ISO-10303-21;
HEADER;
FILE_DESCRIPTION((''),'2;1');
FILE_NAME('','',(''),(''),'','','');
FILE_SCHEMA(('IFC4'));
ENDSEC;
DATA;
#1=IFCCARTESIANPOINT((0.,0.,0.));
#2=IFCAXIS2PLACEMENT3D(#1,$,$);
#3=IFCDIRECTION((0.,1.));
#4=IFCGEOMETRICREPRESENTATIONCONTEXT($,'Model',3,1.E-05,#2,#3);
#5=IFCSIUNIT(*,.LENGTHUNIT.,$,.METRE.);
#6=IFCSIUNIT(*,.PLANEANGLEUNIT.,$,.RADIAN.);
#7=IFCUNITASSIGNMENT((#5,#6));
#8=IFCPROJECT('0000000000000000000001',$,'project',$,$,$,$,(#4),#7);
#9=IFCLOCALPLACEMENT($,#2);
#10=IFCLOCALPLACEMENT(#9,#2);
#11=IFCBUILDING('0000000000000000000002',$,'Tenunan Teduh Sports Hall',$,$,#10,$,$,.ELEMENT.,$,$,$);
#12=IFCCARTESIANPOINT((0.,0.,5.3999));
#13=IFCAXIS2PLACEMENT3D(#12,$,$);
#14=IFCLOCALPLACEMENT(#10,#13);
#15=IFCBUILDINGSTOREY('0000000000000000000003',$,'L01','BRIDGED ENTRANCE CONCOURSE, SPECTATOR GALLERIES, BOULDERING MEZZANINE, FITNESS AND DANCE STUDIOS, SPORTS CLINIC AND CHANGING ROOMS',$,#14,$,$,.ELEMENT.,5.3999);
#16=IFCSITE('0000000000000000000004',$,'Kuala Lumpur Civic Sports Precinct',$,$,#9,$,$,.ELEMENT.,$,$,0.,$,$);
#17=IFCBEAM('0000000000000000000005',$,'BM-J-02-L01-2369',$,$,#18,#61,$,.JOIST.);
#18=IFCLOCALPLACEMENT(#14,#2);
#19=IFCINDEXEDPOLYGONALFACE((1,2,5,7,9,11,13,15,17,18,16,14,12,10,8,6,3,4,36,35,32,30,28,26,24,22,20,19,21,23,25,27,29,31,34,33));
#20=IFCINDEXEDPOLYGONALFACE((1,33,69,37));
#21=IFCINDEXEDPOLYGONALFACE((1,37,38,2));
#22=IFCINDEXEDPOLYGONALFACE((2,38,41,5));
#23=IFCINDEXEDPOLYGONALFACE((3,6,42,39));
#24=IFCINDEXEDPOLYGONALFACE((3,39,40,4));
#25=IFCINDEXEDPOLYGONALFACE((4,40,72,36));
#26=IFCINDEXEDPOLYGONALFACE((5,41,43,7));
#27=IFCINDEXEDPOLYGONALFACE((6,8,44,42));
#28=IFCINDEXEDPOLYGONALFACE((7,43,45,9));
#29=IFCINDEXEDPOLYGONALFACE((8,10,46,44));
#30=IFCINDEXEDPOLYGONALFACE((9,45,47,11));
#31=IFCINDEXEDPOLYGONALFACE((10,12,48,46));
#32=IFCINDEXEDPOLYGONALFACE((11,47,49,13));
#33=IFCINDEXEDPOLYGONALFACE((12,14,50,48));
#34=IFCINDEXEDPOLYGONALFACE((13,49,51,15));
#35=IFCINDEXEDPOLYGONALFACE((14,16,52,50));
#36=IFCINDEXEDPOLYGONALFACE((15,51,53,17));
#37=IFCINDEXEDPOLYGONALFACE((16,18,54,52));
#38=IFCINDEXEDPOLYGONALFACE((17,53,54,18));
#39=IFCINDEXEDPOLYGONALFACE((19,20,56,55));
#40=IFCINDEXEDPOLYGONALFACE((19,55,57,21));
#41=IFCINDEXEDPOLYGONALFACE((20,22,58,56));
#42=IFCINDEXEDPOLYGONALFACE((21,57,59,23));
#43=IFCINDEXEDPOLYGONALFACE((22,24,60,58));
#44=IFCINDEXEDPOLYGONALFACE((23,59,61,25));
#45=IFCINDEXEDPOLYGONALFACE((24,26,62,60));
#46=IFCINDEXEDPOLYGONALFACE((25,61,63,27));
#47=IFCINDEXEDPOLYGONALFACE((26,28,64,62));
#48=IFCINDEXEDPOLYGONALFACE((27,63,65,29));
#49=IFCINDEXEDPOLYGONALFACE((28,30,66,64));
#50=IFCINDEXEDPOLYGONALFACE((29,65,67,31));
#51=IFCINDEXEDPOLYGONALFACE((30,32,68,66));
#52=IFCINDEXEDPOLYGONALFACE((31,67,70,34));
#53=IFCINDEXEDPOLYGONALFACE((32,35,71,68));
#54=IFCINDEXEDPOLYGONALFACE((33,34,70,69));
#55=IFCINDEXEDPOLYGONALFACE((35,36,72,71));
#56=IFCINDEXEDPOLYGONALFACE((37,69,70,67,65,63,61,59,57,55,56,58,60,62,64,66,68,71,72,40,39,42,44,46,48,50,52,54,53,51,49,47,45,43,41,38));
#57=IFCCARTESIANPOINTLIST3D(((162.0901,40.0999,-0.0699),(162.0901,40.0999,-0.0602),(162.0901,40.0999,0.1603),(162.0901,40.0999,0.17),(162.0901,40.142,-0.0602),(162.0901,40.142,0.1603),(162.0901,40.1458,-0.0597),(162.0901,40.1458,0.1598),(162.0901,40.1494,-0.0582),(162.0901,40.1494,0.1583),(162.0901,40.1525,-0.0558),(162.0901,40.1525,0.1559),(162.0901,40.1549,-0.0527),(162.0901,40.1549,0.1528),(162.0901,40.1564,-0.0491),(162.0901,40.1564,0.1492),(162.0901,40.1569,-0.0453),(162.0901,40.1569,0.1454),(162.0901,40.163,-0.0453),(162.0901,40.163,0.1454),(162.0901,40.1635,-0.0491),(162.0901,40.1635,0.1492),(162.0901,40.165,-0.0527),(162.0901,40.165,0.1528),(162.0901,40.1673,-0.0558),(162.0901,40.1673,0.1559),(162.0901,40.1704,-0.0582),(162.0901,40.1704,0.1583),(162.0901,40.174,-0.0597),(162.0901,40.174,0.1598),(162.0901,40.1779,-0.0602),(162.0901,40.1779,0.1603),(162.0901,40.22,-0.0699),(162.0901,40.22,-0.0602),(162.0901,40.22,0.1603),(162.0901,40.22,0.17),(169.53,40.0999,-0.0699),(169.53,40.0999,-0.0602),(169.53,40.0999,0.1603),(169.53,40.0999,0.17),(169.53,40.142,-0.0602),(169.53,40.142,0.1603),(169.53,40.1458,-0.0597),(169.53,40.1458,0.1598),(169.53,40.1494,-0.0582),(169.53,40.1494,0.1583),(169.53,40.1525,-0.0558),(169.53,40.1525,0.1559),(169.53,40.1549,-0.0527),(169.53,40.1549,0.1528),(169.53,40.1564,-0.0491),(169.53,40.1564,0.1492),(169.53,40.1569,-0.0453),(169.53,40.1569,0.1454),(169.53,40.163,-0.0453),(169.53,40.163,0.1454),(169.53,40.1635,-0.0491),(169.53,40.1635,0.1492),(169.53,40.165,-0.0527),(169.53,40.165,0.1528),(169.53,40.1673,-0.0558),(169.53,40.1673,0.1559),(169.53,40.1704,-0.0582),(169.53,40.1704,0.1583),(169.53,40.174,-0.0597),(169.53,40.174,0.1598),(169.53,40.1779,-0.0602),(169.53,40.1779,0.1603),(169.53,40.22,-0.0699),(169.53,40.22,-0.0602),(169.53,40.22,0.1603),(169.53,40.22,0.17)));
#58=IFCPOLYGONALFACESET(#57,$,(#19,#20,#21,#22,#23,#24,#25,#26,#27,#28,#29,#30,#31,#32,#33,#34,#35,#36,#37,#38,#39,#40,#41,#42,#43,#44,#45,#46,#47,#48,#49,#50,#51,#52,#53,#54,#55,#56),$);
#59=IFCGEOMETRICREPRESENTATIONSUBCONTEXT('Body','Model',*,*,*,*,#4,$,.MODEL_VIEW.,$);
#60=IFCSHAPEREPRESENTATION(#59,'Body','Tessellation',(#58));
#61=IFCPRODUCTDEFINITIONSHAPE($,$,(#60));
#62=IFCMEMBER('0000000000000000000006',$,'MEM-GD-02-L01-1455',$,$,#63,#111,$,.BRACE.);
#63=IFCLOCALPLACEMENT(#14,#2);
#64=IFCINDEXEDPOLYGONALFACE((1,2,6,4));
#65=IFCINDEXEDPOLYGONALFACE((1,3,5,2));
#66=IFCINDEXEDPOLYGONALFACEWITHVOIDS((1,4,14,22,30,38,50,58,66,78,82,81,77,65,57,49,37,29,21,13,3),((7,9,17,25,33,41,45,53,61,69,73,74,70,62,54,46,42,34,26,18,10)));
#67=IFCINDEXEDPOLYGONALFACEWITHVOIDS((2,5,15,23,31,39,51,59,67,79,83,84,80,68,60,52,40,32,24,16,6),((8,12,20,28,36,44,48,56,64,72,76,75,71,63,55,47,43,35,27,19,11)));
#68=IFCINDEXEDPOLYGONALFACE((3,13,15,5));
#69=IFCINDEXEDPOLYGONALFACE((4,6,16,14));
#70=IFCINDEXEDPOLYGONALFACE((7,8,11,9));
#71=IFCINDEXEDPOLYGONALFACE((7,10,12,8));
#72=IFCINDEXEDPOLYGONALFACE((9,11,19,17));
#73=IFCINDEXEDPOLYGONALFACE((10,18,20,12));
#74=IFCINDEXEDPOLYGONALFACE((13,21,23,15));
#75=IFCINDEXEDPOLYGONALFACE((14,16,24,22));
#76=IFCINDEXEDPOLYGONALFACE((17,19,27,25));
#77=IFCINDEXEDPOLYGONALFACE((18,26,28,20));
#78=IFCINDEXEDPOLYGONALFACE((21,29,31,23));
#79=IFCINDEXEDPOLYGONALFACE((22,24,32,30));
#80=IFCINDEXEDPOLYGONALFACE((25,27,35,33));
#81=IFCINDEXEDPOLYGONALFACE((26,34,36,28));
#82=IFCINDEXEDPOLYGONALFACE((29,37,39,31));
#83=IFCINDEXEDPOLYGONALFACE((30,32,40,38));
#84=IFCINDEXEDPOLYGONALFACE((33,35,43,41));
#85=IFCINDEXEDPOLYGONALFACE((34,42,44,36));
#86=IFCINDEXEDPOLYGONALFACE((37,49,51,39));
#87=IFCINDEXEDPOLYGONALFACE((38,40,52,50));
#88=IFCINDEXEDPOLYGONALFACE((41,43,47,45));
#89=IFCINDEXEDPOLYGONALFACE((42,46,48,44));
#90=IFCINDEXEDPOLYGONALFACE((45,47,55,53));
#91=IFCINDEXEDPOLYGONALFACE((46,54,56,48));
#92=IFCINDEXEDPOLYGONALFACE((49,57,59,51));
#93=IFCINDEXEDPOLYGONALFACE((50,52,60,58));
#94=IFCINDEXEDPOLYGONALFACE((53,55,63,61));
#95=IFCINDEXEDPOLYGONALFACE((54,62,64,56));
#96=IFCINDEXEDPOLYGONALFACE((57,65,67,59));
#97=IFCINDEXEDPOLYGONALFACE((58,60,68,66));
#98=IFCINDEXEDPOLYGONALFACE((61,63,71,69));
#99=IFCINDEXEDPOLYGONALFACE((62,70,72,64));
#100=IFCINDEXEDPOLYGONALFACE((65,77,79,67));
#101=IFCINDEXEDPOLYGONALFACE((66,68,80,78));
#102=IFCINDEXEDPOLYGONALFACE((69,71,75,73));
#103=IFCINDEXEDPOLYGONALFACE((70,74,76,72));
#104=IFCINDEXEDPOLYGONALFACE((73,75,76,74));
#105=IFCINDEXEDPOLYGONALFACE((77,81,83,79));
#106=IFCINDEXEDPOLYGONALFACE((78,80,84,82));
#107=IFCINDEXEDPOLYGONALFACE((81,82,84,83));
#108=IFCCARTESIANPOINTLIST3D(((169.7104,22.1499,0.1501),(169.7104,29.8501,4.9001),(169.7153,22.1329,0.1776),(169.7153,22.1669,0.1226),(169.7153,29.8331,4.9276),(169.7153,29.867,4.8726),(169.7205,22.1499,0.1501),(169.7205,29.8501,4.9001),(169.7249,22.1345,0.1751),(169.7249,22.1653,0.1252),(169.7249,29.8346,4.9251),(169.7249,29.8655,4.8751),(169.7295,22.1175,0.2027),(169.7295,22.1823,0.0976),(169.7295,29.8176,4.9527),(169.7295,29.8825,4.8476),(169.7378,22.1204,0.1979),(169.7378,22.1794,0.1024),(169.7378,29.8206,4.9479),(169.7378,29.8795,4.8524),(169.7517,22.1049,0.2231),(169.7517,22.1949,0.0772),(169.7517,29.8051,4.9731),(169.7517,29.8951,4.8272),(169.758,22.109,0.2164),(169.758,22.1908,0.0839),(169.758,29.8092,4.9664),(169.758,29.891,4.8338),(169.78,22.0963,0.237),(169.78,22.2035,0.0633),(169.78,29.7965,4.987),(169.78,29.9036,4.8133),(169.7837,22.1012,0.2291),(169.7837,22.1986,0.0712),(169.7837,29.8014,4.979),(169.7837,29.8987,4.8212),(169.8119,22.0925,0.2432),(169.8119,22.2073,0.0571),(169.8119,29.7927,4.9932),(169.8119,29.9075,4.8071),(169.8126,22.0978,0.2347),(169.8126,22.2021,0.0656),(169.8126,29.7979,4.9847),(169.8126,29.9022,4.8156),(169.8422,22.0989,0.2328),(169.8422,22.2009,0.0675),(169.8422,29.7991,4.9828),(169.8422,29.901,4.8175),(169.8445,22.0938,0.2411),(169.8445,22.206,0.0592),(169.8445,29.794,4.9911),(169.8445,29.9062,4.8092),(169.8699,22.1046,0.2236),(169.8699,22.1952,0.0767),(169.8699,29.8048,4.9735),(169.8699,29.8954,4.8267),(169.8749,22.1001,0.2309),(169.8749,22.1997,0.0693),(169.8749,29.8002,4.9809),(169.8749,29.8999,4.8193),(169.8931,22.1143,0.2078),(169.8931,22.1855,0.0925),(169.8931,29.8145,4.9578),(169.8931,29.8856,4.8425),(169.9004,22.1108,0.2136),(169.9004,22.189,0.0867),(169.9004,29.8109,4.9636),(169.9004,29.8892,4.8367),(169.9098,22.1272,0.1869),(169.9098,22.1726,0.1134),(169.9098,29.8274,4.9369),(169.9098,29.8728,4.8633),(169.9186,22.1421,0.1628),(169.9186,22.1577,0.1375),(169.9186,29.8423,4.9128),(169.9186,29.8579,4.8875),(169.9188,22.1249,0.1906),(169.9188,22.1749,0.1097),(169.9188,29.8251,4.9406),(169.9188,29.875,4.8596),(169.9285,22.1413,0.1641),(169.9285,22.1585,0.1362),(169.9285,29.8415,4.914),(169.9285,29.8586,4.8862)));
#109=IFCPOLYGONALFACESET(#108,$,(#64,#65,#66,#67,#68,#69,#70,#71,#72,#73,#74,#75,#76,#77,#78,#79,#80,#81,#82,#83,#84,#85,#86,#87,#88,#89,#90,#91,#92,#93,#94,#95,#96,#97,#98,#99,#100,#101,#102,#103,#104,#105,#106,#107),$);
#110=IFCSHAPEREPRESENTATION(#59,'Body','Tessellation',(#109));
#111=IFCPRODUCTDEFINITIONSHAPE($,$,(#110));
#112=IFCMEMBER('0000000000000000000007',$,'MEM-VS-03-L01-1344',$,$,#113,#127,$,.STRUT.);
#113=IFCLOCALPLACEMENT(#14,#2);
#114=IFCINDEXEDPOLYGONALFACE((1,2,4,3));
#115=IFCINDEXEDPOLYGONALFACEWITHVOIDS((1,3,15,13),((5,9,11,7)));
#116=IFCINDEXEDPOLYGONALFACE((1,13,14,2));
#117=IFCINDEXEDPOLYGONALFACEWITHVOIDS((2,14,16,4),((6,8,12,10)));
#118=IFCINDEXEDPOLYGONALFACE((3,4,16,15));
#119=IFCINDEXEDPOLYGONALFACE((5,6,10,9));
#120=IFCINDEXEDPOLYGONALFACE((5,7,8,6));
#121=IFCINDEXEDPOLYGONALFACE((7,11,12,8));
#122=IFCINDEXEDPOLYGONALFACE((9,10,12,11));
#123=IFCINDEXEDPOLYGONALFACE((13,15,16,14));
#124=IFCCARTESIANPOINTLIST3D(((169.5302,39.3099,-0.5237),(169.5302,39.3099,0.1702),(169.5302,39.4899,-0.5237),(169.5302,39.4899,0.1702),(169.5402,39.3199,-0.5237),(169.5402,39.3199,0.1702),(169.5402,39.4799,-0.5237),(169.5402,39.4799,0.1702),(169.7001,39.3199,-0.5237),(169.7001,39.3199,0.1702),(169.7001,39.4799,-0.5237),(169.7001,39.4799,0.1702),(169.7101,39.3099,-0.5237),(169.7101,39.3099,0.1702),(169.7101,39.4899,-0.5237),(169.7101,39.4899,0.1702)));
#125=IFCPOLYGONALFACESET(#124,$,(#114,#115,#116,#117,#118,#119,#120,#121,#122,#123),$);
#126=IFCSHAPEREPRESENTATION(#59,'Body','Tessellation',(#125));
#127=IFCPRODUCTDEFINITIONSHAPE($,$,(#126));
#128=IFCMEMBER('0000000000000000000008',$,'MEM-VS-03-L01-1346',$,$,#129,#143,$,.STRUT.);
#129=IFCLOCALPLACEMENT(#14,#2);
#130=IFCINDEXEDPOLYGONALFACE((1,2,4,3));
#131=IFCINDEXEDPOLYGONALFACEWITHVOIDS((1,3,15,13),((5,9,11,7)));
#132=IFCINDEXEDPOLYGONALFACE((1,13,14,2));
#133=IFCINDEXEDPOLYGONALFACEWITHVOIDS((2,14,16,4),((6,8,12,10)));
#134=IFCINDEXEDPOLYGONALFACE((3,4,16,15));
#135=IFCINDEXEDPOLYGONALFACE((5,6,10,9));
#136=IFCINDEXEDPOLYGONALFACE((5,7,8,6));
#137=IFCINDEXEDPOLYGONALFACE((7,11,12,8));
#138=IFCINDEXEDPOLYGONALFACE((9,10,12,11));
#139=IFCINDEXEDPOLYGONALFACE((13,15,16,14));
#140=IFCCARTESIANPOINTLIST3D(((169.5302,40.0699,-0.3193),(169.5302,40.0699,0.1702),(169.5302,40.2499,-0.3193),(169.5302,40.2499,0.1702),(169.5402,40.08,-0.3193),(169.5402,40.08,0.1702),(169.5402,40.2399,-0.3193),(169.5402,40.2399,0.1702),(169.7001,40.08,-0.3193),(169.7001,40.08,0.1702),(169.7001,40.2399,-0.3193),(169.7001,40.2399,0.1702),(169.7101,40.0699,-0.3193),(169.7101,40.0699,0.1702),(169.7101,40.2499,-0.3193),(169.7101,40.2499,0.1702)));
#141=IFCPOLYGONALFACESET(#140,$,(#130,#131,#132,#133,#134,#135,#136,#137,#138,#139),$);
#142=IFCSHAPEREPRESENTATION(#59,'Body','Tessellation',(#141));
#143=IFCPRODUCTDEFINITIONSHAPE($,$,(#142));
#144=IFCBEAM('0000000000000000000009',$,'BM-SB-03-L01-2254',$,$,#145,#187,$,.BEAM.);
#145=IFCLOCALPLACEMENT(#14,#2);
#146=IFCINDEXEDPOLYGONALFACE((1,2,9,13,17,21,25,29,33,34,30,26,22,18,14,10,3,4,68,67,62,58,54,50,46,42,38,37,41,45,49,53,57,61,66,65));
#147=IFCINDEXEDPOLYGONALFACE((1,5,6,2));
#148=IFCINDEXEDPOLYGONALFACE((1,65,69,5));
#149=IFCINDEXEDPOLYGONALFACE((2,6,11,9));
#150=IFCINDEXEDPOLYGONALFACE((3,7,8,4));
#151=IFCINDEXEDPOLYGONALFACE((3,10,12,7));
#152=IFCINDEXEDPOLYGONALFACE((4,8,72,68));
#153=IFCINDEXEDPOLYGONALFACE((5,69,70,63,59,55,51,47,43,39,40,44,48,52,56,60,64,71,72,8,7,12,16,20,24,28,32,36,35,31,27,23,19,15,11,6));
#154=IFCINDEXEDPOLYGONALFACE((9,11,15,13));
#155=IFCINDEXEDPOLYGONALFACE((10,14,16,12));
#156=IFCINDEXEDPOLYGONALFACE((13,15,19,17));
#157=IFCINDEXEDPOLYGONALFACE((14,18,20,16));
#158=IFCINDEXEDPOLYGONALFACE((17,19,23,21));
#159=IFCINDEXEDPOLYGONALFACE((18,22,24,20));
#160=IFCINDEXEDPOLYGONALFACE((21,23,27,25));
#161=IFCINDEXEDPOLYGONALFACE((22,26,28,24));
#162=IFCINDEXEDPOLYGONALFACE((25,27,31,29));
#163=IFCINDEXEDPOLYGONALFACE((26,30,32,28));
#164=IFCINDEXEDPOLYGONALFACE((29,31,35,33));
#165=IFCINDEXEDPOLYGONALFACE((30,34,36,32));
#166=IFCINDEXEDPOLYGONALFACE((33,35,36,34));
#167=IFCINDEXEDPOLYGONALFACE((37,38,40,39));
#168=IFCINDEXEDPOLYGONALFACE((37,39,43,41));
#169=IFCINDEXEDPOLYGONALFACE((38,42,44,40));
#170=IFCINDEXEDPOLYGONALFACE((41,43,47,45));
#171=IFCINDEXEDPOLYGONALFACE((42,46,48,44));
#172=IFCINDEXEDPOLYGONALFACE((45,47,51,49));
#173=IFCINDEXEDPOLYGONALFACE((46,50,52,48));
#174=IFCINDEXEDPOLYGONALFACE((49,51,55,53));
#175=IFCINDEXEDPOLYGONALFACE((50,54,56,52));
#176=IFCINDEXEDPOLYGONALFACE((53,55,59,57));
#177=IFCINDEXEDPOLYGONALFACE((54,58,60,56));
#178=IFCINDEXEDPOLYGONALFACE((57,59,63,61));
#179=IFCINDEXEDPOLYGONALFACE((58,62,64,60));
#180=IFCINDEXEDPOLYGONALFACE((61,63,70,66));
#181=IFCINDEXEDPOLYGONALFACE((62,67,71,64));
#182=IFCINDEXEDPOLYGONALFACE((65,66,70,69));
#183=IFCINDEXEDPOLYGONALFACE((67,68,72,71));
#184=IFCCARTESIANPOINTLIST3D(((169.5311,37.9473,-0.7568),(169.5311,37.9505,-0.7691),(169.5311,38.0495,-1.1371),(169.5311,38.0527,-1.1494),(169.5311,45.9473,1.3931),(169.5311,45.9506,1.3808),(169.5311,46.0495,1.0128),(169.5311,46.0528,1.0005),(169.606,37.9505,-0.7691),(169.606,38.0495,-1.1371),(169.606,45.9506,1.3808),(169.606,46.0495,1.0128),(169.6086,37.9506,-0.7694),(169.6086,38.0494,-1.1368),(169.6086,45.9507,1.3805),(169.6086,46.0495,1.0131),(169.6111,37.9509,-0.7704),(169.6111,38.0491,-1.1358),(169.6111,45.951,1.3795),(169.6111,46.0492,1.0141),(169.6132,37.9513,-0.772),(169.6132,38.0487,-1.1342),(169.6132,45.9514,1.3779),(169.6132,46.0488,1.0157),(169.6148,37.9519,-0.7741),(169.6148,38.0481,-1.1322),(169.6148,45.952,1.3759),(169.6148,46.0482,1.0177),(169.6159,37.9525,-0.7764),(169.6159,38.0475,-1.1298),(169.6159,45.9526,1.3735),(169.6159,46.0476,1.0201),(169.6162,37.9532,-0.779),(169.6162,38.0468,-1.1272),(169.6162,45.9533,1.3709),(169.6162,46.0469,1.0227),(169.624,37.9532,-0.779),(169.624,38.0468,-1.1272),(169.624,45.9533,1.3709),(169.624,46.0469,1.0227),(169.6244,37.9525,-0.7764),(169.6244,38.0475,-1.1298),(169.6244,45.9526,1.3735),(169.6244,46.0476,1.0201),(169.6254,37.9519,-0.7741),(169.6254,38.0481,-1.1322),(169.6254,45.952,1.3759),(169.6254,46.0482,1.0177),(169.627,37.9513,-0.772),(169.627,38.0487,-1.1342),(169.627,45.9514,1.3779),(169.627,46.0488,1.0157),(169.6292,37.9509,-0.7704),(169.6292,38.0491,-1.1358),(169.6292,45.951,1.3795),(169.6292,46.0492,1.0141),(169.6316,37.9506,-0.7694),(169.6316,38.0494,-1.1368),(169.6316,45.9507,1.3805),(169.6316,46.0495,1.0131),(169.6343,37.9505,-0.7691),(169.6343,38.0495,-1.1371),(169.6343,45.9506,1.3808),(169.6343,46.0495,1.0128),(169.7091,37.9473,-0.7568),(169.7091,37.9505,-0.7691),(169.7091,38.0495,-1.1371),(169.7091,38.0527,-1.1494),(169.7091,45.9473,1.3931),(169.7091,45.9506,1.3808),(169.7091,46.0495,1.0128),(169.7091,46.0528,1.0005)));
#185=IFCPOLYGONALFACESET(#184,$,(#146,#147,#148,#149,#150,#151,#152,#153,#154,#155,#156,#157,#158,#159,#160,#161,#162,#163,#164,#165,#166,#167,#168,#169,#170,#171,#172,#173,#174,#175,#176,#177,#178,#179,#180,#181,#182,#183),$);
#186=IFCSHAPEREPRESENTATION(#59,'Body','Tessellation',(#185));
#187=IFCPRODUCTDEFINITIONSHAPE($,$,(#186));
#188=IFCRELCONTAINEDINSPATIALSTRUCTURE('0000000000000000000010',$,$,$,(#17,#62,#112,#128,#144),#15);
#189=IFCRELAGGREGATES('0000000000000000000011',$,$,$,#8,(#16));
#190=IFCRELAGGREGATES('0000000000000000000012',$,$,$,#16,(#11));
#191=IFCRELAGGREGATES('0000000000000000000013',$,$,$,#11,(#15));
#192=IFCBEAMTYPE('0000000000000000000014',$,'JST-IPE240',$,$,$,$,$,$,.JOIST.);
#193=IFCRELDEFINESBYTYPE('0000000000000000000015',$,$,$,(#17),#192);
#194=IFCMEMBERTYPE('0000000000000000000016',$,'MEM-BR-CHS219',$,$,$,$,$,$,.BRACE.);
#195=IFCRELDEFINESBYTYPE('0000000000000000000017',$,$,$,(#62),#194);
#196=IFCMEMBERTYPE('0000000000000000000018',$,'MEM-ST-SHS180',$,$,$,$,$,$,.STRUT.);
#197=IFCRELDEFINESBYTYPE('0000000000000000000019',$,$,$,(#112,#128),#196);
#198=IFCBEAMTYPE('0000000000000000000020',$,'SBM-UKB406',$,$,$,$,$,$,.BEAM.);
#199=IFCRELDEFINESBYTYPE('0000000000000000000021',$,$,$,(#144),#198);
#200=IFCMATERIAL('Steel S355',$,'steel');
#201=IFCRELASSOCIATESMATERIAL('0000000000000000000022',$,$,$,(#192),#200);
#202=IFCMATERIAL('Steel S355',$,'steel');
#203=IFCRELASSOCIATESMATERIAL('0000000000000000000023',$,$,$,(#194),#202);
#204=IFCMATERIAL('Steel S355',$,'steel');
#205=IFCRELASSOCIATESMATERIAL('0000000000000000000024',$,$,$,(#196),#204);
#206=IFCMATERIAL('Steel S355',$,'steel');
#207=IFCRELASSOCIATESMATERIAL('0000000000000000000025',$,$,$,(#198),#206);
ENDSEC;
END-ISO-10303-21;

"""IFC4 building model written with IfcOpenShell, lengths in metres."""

from ifc_helpers import new_model, si_unit, direction, frame, origin, origin_2d, place, context, subcontext, project, spatial, hollow_rectangle, hollow_circle, i_section, extrude, material, material_profile, profile_set, type_object, element, save


model = new_model("IFC4")

# Units and contexts
model_context = context("Model", 3, precision=1e-05, world=origin(), true_north=direction((0.0, 1.0)))
body_context = subcontext(model_context, "Body", "Model", "MODEL_VIEW")
ifc_project = project(units=[si_unit("LENGTHUNIT", "METRE"), si_unit("PLANEANGLEUNIT", "RADIAN")], contexts=[model_context])

# Site, building, storey
site_placement = place(None, origin())
site = spatial("IfcSite", under=ifc_project, at=site_placement, Name="Kuala Lumpur Civic Sports Precinct", CompositionType="ELEMENT", RefElevation=0.0)
building_placement = place(site_placement, origin())
building = spatial("IfcBuilding", under=site, at=building_placement, Name="Tenunan Teduh Sports Hall", CompositionType="ELEMENT")
storey_placement = place(building_placement, frame((0.0, 0.0, 5.3999)))
storey = spatial("IfcBuildingStorey", under=building, at=storey_placement, Name="L01", Description="BRIDGED ENTRANCE CONCOURSE, SPECTATOR GALLERIES, BOULDERING MEZZANINE, FITNESS AND DANCE STUDIOS, SPORTS CLINIC AND CHANGING ROOMS", CompositionType="ELEMENT", Elevation=5.3999)

# Beam
ifc_material_1 = material(Name="Steel S355", Category="steel")
ifc_material_profile_1 = material_profile(ifc_material_1, i_section(OverallWidth=0.1201, OverallDepth=0.24, WebThickness=0.0061, FlangeThickness=0.0098, FilletRadius=0.0149, at=origin_2d()), Name="IPE 240")
ifc_profile_set_1 = profile_set([ifc_material_profile_1], Name="Steel S355")
beam_type_1 = type_object("IfcBeamType", Name="JST-IPE240", PredefinedType="JOIST", material=ifc_profile_set_1)
beam_1_placement = place(storey_placement, frame((162.0901, 40.1599, 0.05), z_axis=(1.0, 0.0, 0.0), x_axis=(0.0, 1.0, 0.0)))
element("IfcBeam", 1, at=beam_1_placement, inside=storey, type_object=beam_type_1, Name="BM-J-02-L01-2369", PredefinedType="JOIST", context=body_context, shape_type="SweptSolid", body=[
    extrude(i_section(OverallWidth=0.1201, OverallDepth=0.24, WebThickness=0.0061, FlangeThickness=0.0098, FilletRadius=0.0149, at=origin_2d()), origin(), (0.0, 0.0, 1.0), 7.4399),
])

# Members
ifc_material_2 = material(Name="Steel S355", Category="steel")
ifc_material_profile_2 = material_profile(ifc_material_2, hollow_circle(Radius=0.1096, WallThickness=0.01, at=origin_2d()), Name="CHS 219.1x10.0")
ifc_profile_set_2 = profile_set([ifc_material_profile_2], Name="Steel S355")
member_type_1 = type_object("IfcMemberType", Name="MEM-BR-CHS219", PredefinedType="BRACE", material=ifc_profile_set_2)
member_1_placement = place(storey_placement, frame((169.8201, 22.1499, 0.1501), z_axis=(0.0, 0.851095, 0.525013), x_axis=(-1.0, 0.0, 0.0)))
element("IfcMember", 2, at=member_1_placement, inside=storey, type_object=member_type_1, Name="MEM-GD-02-L01-1455", PredefinedType="BRACE", context=body_context, shape_type="SweptSolid", body=[
    extrude(hollow_circle(Radius=0.1096, WallThickness=0.01, at=origin_2d()), origin(), (0.0, 0.0, 1.0), 9.0474),
])
ifc_material_3 = material(Name="Steel S355", Category="steel")
ifc_material_profile_3 = material_profile(ifc_material_3, hollow_rectangle(XDim=0.1799, YDim=0.1799, WallThickness=0.01, at=origin_2d()), Name="SHS 180x180x10.0")
ifc_profile_set_3 = profile_set([ifc_material_profile_3], Name="Steel S355")
member_type_2 = type_object("IfcMemberType", Name="MEM-ST-SHS180", PredefinedType="STRUT", material=ifc_profile_set_3)
member_2_placement = place(storey_placement, frame((169.6201, 39.3999, -0.5237), z_axis=(0.0, 0.0, 1.0), x_axis=(1.0, 0.0, 0.0)))
element("IfcMember", 3, at=member_2_placement, inside=storey, type_object=member_type_2, Name="MEM-VS-03-L01-1344", PredefinedType="STRUT", context=body_context, shape_type="SweptSolid", body=[
    extrude(hollow_rectangle(XDim=0.1799, YDim=0.1799, WallThickness=0.01, at=origin_2d()), origin(), (0.0, 0.0, 1.0), 0.6938),
])
member_3_placement = place(storey_placement, frame((169.6201, 40.1599, -0.3193), z_axis=(0.0, 0.0, 1.0), x_axis=(1.0, 0.0, 0.0)))
element("IfcMember", 4, at=member_3_placement, inside=storey, type_object=member_type_2, Name="MEM-VS-03-L01-1346", PredefinedType="STRUT", context=body_context, shape_type="SweptSolid", body=[
    extrude(hollow_rectangle(XDim=0.1799, YDim=0.1799, WallThickness=0.01, at=origin_2d()), origin(), (0.0, 0.0, 1.0), 0.4895),
])

# Beam
ifc_material_4 = material(Name="Steel S355", Category="steel")
ifc_material_profile_4 = material_profile(ifc_material_4, i_section(OverallWidth=0.178, OverallDepth=0.4065, WebThickness=0.0078, FlangeThickness=0.0127, FilletRadius=0.0103, at=origin_2d()), Name="UKB 406x178x60")
ifc_profile_set_4 = profile_set([ifc_material_profile_4], Name="Steel S355")
beam_type_2 = type_object("IfcBeamType", Name="SBM-UKB406", PredefinedType="BEAM", material=ifc_profile_set_4)
beam_2_placement = place(storey_placement, frame((169.6201, 38.0, -0.9531), z_axis=(0.0, 0.965735, 0.25953), x_axis=(-1.0, 0.0, 0.0)))
element("IfcBeam", 5, at=beam_2_placement, inside=storey, type_object=beam_type_2, Name="BM-SB-03-L01-2254", PredefinedType="BEAM", context=body_context, shape_type="SweptSolid", body=[
    extrude(i_section(OverallWidth=0.178, OverallDepth=0.4065, WebThickness=0.0078, FlangeThickness=0.0127, FilletRadius=0.0103, at=origin_2d()), origin(), (0.0, 0.0, 1.0), 8.2839),
])

save(model, "model.ifc")
